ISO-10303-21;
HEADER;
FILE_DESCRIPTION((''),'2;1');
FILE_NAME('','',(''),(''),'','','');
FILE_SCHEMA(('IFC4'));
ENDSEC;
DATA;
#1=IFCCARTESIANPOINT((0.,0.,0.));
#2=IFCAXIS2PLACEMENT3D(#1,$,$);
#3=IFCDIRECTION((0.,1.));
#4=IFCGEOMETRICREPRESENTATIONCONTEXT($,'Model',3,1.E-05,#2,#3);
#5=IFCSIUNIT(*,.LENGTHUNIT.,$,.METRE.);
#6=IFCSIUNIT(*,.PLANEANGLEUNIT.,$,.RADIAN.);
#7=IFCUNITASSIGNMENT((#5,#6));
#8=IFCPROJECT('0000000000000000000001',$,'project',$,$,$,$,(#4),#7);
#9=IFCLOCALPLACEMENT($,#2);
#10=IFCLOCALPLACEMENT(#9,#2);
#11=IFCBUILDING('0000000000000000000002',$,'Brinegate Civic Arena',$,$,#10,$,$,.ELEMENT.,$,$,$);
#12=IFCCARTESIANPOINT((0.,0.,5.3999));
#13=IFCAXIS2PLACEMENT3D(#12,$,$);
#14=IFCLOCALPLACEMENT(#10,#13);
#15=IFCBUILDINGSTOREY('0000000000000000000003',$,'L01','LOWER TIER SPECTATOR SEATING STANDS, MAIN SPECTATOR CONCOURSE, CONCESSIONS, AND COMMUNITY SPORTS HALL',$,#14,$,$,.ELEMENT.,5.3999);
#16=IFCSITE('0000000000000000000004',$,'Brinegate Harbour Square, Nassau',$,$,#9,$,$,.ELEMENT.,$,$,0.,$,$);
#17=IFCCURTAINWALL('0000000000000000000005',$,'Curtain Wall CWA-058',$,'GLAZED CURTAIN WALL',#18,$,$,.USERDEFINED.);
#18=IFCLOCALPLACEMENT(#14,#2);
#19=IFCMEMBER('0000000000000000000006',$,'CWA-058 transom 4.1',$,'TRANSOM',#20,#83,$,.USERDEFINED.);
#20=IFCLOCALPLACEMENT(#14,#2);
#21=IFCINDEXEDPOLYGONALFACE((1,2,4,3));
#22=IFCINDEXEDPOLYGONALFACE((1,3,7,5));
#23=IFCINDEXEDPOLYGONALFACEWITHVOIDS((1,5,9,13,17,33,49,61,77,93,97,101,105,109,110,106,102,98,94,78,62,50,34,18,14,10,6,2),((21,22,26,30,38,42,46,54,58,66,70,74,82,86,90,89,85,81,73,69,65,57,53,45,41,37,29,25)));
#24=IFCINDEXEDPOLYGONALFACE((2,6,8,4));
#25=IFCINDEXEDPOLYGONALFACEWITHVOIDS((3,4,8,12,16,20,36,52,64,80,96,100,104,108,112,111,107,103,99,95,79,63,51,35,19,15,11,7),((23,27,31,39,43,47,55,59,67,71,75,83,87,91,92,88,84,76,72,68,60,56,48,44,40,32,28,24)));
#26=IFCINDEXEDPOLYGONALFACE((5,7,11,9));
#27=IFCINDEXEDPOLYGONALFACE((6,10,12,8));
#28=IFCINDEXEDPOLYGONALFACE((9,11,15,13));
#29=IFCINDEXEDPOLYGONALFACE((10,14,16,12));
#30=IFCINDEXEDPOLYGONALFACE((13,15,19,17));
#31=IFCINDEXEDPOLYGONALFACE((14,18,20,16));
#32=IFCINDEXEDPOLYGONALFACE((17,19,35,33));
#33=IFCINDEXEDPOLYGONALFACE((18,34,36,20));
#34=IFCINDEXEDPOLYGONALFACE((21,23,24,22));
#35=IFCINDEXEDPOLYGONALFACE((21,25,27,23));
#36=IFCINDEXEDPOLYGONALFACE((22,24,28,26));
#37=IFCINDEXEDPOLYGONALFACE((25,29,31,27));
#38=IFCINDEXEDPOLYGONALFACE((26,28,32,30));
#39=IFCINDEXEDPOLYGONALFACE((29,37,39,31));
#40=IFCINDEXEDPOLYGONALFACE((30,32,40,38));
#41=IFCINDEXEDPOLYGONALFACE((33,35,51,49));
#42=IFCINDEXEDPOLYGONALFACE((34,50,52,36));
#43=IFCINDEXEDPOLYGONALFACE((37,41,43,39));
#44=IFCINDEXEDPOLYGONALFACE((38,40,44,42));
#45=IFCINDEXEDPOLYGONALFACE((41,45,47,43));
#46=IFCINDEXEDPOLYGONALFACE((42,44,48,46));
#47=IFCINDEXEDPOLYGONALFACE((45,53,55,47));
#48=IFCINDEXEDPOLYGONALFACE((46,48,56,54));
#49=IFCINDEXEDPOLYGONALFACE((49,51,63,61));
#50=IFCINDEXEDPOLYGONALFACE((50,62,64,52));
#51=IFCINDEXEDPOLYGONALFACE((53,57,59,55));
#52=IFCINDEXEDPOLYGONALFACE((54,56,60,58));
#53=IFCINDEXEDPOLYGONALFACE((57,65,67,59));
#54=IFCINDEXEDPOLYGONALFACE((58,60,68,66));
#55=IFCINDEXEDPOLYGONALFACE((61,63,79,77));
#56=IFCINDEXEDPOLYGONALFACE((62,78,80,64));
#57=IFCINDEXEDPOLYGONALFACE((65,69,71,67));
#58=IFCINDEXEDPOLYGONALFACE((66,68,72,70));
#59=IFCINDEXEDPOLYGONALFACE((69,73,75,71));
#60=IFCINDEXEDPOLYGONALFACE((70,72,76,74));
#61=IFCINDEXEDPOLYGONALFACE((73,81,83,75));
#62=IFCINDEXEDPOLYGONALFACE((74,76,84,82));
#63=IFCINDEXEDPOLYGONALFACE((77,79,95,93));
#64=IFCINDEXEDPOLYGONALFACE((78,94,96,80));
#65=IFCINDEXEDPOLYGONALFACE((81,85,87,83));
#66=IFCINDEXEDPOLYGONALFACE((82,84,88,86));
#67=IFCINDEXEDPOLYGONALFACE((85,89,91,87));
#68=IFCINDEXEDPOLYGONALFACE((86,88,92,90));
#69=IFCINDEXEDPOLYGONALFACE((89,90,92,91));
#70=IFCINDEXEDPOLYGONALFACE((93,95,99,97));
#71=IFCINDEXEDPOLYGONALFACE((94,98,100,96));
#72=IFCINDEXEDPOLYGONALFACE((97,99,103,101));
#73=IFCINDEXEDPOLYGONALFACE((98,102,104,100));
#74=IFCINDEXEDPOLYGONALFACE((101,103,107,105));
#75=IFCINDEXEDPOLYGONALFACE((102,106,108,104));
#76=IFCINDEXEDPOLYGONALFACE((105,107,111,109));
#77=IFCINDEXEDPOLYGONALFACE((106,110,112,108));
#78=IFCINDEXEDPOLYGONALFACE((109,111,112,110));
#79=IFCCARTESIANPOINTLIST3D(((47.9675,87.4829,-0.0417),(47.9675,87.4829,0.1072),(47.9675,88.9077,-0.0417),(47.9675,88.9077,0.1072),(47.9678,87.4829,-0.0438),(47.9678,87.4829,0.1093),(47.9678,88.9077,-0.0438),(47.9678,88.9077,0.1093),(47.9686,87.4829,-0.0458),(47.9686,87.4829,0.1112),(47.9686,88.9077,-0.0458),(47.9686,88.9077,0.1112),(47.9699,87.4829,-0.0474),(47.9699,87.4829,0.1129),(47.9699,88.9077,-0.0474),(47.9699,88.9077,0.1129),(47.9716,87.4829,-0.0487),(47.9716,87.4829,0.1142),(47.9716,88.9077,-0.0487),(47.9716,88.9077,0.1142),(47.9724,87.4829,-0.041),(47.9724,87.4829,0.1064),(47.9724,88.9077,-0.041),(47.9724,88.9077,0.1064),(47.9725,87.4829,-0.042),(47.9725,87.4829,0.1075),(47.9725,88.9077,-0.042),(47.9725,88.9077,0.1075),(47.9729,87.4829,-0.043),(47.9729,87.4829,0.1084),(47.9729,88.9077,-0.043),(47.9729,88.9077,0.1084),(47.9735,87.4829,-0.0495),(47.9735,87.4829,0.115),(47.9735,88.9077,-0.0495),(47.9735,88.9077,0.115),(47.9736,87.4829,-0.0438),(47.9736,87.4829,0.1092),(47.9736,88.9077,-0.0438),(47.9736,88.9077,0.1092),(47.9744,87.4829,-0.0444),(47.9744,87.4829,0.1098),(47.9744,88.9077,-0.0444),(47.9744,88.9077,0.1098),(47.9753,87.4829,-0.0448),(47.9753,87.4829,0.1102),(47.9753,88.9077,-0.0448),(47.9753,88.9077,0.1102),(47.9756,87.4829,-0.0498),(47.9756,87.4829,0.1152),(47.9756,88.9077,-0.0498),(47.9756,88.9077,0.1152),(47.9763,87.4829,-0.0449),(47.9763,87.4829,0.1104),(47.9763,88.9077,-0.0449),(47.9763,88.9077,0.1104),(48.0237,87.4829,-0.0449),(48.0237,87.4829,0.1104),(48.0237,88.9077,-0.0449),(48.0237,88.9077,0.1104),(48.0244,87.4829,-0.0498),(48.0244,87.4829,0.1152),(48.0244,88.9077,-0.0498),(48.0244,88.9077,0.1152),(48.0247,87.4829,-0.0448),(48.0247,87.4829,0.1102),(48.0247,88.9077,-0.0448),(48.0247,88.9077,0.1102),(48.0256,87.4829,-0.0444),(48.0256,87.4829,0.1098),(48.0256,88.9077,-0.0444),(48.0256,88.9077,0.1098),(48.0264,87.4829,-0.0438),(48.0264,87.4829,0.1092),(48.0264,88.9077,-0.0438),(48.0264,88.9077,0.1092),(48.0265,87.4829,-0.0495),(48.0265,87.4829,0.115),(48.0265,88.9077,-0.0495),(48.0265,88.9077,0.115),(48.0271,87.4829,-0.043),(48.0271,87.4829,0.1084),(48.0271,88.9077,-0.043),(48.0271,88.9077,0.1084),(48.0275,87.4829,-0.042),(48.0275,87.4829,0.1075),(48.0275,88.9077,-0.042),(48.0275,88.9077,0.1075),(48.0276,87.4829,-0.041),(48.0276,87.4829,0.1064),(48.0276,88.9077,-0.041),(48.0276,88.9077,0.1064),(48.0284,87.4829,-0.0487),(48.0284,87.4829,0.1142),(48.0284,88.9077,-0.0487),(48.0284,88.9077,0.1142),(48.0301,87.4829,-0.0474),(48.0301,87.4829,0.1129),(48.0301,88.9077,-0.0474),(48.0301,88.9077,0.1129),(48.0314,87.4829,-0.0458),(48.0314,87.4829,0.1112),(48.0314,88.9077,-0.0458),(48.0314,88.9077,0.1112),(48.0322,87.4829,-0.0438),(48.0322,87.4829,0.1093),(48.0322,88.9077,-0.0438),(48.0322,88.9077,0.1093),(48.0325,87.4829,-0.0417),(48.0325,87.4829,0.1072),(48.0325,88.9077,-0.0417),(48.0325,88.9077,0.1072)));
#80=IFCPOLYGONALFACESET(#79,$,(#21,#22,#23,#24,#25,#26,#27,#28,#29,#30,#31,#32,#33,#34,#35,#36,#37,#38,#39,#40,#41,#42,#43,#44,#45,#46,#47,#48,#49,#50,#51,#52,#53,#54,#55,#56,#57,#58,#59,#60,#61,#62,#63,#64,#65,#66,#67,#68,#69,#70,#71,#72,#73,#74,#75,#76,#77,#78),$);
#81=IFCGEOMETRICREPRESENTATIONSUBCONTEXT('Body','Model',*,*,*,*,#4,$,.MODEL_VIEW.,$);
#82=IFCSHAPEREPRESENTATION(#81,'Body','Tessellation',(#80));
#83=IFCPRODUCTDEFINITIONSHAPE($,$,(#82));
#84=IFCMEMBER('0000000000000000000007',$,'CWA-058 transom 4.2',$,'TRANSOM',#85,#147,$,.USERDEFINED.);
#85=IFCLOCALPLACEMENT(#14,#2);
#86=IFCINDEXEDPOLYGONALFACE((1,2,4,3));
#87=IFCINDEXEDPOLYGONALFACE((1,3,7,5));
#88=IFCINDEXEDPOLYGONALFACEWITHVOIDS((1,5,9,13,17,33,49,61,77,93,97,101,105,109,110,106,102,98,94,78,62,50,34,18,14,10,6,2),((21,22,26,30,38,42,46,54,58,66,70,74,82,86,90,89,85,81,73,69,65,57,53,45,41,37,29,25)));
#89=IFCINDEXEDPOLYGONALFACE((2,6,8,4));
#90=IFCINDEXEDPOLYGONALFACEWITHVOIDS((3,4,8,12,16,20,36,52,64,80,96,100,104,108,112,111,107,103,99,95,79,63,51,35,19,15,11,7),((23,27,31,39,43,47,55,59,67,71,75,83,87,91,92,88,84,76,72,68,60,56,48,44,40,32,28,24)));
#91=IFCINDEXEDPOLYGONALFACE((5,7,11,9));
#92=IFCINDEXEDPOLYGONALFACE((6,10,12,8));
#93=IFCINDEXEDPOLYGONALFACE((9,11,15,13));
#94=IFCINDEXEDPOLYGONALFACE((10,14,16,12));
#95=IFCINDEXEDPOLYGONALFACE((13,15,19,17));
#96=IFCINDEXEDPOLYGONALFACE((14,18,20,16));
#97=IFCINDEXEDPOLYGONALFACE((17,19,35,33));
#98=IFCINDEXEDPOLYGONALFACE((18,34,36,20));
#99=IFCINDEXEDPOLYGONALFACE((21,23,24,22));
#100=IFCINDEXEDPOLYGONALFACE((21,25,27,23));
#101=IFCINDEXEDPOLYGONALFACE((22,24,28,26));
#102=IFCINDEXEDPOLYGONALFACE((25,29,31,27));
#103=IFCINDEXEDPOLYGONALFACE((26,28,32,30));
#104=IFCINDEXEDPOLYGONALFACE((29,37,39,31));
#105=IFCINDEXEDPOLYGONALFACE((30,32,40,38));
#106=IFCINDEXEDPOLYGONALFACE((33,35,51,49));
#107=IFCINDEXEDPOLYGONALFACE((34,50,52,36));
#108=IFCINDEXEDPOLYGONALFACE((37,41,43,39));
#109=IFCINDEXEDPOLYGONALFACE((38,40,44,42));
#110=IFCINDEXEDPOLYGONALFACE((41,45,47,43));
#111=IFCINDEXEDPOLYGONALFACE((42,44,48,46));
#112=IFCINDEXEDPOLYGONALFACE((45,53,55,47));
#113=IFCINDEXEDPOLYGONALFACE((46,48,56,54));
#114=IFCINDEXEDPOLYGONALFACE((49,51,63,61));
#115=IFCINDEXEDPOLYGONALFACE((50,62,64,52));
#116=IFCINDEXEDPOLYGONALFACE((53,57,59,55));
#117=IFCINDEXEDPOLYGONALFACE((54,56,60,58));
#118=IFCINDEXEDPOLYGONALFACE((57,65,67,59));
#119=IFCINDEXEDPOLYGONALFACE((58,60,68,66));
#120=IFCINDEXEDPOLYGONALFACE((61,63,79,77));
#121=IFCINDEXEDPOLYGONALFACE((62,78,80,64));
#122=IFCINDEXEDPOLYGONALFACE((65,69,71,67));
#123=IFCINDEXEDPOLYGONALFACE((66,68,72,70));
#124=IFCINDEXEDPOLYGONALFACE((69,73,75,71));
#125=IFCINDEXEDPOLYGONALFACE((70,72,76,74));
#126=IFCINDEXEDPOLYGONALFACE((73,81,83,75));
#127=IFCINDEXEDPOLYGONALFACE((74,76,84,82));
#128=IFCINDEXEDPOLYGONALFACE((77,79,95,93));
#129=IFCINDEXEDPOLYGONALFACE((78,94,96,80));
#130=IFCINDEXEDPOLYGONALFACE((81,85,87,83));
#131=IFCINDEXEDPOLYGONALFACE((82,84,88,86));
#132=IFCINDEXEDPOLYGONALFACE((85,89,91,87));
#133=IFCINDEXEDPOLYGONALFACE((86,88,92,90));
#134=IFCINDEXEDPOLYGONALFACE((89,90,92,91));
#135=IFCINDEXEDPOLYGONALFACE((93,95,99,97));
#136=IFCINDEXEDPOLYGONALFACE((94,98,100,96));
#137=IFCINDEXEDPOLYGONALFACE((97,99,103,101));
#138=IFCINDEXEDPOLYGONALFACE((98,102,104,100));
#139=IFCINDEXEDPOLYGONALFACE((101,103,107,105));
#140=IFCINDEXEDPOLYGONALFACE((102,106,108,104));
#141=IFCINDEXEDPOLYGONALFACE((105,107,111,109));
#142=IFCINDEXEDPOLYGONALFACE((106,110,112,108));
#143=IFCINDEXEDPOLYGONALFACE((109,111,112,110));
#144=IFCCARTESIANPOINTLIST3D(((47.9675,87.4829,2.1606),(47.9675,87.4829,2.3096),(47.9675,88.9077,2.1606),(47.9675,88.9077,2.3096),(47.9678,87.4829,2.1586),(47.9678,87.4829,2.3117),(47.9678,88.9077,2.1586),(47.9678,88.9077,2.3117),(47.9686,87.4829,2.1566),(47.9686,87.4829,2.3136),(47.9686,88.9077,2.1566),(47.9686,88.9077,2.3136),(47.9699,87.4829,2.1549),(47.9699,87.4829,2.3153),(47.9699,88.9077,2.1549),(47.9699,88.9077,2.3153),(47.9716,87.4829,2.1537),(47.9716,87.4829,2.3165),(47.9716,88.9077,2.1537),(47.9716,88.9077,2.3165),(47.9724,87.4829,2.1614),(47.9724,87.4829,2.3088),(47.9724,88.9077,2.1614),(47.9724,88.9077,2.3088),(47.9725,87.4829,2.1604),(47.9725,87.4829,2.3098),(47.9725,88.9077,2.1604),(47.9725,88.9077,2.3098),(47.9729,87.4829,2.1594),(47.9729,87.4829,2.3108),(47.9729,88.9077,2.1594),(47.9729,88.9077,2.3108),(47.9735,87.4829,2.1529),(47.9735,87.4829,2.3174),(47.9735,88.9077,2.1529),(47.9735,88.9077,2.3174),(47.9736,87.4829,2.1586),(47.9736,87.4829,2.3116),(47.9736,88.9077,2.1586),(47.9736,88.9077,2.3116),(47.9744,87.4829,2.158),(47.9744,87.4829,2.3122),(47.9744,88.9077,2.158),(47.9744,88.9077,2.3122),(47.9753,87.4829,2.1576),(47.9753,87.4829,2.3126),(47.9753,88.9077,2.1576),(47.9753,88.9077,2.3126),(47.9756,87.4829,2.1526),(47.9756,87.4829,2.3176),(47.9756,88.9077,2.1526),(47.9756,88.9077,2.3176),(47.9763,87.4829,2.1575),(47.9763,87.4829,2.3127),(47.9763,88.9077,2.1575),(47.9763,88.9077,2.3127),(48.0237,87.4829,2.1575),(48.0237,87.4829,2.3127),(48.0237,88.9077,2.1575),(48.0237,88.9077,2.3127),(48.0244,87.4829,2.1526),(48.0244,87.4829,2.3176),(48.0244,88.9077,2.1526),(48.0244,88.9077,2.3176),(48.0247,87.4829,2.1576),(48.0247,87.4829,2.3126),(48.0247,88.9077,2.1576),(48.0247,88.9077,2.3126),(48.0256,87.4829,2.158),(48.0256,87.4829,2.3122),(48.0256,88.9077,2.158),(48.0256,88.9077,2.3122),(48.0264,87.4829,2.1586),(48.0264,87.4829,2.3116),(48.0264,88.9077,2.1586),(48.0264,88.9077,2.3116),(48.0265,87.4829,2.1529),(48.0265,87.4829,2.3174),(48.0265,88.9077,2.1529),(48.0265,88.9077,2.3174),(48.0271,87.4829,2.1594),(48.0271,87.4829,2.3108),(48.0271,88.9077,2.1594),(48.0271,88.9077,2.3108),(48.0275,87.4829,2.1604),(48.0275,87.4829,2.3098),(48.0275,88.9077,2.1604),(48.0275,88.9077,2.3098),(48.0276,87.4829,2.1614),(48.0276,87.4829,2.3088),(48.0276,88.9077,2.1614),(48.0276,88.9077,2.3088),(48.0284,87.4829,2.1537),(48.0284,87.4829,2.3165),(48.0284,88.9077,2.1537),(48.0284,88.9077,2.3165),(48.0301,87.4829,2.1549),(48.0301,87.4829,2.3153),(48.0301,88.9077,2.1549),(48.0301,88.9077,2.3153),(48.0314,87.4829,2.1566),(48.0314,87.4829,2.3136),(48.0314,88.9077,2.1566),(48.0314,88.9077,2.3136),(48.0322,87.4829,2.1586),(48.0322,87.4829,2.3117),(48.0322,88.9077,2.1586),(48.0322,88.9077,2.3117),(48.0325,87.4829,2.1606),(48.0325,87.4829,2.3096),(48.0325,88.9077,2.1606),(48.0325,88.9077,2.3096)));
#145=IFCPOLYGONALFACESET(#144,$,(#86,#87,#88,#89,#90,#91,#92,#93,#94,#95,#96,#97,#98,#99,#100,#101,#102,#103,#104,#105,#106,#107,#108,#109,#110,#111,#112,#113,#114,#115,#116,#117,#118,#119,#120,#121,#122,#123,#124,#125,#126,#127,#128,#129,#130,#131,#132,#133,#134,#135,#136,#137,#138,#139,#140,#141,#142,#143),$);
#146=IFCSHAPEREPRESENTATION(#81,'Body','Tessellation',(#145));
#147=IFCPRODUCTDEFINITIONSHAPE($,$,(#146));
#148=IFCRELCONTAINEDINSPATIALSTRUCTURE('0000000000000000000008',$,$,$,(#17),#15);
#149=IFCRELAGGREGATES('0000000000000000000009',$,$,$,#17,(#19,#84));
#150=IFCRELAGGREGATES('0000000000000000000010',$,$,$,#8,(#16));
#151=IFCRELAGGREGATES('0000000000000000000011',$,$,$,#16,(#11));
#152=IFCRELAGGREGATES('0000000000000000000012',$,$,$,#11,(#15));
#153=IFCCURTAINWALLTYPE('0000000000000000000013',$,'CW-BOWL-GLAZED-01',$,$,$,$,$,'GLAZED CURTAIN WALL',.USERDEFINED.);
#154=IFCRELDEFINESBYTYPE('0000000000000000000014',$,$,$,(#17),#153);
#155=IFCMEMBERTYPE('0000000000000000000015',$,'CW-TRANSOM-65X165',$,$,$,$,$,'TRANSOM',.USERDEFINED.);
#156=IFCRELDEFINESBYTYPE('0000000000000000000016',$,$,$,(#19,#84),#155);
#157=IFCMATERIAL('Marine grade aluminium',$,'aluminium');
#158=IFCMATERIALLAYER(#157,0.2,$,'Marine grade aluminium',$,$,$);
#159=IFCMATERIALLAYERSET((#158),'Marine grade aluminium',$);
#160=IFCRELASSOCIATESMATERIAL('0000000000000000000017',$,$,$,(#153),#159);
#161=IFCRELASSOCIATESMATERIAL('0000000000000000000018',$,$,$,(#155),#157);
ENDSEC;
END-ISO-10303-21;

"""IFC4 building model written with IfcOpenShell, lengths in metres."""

from ifc_helpers import new_model, si_unit, direction, frame, origin, origin_2d, place, context, subcontext, project, spatial, hollow_rectangle, extrude, material, layer, layer_set, material_profile, profile_set, type_object, element, aggregate, save


model = new_model("IFC4")

# Units and contexts
model_context = context("Model", 3, precision=1e-05, world=origin(), true_north=direction((0.0, 1.0)))
body_context = subcontext(model_context, "Body", "Model", "MODEL_VIEW")
ifc_project = project(units=[si_unit("LENGTHUNIT", "METRE"), si_unit("PLANEANGLEUNIT", "RADIAN")], contexts=[model_context])

# Site, building, storey
site_placement = place(None, origin())
site = spatial("IfcSite", under=ifc_project, at=site_placement, Name="Brinegate Harbour Square, Nassau", CompositionType="ELEMENT", RefElevation=0.0)
building_placement = place(site_placement, origin())
building = spatial("IfcBuilding", under=site, at=building_placement, Name="Brinegate Civic Arena", CompositionType="ELEMENT")
storey_placement = place(building_placement, frame((0.0, 0.0, 5.3999)))
storey = spatial("IfcBuildingStorey", under=building, at=storey_placement, Name="L01", Description="LOWER TIER SPECTATOR SEATING STANDS, MAIN SPECTATOR CONCOURSE, CONCESSIONS, AND COMMUNITY SPORTS HALL", CompositionType="ELEMENT", Elevation=5.3999)

# Curtain wall, members
ifc_material_1 = material(Name="Marine grade aluminium", Category="aluminium")
ifc_layer_1 = layer(ifc_material_1, 0.2, Name="Marine grade aluminium")
ifc_layer_set_1 = layer_set([ifc_layer_1], Name="Marine grade aluminium")
curtain_wall_type = type_object("IfcCurtainWallType", Name="CW-BOWL-GLAZED-01", ElementType="GLAZED CURTAIN WALL", PredefinedType="USERDEFINED", material=ifc_layer_set_1)
curtain_wall_placement = place(storey_placement, origin())
curtain_wall = element("IfcCurtainWall", 1, at=curtain_wall_placement, inside=storey, type_object=curtain_wall_type, Name="Curtain Wall CWA-058", ObjectType="GLAZED CURTAIN WALL", PredefinedType="USERDEFINED")
ifc_material_profile_1 = material_profile(ifc_material_1, hollow_rectangle(XDim=0.0649, YDim=0.165, WallThickness=0.0049, InnerFilletRadius=0.0039, OuterFilletRadius=0.0081, at=origin_2d()), Name="TRN65X165")
ifc_profile_set_1 = profile_set([ifc_material_profile_1], Name="Marine grade aluminium")
member_type_1 = type_object("IfcMemberType", Name="CW-TRANSOM-65X165", ElementType="TRANSOM", PredefinedType="USERDEFINED", material=ifc_profile_set_1)
member_1_placement = place(storey_placement, frame((48.0, 87.4829, 0.0327), z_axis=(0.0, 1.0, 0.0), x_axis=(-1.0, 0.0, 0.0)))
member_1 = element("IfcMember", 2, at=member_1_placement, type_object=member_type_1, Name="CWA-058 transom 4.1", ObjectType="TRANSOM", PredefinedType="USERDEFINED", context=body_context, shape_type="SweptSolid", body=[
    extrude(hollow_rectangle(XDim=0.0649, YDim=0.165, WallThickness=0.0049, InnerFilletRadius=0.0039, OuterFilletRadius=0.0081, at=origin_2d()), origin(), (0.0, 0.0, 1.0), 1.4248),
])
member_2_placement = place(storey_placement, frame((48.0, 87.4829, 2.2351), z_axis=(0.0, 1.0, 0.0), x_axis=(-1.0, 0.0, 0.0)))
member_2 = element("IfcMember", 3, at=member_2_placement, type_object=member_type_1, Name="CWA-058 transom 4.2", ObjectType="TRANSOM", PredefinedType="USERDEFINED", context=body_context, shape_type="SweptSolid", body=[
    extrude(hollow_rectangle(XDim=0.0649, YDim=0.165, WallThickness=0.0049, InnerFilletRadius=0.0039, OuterFilletRadius=0.0081, at=origin_2d()), origin(), (0.0, 0.0, 1.0), 1.4248),
])
aggregate(curtain_wall, [member_1, member_2])

save(model, "model.ifc")
